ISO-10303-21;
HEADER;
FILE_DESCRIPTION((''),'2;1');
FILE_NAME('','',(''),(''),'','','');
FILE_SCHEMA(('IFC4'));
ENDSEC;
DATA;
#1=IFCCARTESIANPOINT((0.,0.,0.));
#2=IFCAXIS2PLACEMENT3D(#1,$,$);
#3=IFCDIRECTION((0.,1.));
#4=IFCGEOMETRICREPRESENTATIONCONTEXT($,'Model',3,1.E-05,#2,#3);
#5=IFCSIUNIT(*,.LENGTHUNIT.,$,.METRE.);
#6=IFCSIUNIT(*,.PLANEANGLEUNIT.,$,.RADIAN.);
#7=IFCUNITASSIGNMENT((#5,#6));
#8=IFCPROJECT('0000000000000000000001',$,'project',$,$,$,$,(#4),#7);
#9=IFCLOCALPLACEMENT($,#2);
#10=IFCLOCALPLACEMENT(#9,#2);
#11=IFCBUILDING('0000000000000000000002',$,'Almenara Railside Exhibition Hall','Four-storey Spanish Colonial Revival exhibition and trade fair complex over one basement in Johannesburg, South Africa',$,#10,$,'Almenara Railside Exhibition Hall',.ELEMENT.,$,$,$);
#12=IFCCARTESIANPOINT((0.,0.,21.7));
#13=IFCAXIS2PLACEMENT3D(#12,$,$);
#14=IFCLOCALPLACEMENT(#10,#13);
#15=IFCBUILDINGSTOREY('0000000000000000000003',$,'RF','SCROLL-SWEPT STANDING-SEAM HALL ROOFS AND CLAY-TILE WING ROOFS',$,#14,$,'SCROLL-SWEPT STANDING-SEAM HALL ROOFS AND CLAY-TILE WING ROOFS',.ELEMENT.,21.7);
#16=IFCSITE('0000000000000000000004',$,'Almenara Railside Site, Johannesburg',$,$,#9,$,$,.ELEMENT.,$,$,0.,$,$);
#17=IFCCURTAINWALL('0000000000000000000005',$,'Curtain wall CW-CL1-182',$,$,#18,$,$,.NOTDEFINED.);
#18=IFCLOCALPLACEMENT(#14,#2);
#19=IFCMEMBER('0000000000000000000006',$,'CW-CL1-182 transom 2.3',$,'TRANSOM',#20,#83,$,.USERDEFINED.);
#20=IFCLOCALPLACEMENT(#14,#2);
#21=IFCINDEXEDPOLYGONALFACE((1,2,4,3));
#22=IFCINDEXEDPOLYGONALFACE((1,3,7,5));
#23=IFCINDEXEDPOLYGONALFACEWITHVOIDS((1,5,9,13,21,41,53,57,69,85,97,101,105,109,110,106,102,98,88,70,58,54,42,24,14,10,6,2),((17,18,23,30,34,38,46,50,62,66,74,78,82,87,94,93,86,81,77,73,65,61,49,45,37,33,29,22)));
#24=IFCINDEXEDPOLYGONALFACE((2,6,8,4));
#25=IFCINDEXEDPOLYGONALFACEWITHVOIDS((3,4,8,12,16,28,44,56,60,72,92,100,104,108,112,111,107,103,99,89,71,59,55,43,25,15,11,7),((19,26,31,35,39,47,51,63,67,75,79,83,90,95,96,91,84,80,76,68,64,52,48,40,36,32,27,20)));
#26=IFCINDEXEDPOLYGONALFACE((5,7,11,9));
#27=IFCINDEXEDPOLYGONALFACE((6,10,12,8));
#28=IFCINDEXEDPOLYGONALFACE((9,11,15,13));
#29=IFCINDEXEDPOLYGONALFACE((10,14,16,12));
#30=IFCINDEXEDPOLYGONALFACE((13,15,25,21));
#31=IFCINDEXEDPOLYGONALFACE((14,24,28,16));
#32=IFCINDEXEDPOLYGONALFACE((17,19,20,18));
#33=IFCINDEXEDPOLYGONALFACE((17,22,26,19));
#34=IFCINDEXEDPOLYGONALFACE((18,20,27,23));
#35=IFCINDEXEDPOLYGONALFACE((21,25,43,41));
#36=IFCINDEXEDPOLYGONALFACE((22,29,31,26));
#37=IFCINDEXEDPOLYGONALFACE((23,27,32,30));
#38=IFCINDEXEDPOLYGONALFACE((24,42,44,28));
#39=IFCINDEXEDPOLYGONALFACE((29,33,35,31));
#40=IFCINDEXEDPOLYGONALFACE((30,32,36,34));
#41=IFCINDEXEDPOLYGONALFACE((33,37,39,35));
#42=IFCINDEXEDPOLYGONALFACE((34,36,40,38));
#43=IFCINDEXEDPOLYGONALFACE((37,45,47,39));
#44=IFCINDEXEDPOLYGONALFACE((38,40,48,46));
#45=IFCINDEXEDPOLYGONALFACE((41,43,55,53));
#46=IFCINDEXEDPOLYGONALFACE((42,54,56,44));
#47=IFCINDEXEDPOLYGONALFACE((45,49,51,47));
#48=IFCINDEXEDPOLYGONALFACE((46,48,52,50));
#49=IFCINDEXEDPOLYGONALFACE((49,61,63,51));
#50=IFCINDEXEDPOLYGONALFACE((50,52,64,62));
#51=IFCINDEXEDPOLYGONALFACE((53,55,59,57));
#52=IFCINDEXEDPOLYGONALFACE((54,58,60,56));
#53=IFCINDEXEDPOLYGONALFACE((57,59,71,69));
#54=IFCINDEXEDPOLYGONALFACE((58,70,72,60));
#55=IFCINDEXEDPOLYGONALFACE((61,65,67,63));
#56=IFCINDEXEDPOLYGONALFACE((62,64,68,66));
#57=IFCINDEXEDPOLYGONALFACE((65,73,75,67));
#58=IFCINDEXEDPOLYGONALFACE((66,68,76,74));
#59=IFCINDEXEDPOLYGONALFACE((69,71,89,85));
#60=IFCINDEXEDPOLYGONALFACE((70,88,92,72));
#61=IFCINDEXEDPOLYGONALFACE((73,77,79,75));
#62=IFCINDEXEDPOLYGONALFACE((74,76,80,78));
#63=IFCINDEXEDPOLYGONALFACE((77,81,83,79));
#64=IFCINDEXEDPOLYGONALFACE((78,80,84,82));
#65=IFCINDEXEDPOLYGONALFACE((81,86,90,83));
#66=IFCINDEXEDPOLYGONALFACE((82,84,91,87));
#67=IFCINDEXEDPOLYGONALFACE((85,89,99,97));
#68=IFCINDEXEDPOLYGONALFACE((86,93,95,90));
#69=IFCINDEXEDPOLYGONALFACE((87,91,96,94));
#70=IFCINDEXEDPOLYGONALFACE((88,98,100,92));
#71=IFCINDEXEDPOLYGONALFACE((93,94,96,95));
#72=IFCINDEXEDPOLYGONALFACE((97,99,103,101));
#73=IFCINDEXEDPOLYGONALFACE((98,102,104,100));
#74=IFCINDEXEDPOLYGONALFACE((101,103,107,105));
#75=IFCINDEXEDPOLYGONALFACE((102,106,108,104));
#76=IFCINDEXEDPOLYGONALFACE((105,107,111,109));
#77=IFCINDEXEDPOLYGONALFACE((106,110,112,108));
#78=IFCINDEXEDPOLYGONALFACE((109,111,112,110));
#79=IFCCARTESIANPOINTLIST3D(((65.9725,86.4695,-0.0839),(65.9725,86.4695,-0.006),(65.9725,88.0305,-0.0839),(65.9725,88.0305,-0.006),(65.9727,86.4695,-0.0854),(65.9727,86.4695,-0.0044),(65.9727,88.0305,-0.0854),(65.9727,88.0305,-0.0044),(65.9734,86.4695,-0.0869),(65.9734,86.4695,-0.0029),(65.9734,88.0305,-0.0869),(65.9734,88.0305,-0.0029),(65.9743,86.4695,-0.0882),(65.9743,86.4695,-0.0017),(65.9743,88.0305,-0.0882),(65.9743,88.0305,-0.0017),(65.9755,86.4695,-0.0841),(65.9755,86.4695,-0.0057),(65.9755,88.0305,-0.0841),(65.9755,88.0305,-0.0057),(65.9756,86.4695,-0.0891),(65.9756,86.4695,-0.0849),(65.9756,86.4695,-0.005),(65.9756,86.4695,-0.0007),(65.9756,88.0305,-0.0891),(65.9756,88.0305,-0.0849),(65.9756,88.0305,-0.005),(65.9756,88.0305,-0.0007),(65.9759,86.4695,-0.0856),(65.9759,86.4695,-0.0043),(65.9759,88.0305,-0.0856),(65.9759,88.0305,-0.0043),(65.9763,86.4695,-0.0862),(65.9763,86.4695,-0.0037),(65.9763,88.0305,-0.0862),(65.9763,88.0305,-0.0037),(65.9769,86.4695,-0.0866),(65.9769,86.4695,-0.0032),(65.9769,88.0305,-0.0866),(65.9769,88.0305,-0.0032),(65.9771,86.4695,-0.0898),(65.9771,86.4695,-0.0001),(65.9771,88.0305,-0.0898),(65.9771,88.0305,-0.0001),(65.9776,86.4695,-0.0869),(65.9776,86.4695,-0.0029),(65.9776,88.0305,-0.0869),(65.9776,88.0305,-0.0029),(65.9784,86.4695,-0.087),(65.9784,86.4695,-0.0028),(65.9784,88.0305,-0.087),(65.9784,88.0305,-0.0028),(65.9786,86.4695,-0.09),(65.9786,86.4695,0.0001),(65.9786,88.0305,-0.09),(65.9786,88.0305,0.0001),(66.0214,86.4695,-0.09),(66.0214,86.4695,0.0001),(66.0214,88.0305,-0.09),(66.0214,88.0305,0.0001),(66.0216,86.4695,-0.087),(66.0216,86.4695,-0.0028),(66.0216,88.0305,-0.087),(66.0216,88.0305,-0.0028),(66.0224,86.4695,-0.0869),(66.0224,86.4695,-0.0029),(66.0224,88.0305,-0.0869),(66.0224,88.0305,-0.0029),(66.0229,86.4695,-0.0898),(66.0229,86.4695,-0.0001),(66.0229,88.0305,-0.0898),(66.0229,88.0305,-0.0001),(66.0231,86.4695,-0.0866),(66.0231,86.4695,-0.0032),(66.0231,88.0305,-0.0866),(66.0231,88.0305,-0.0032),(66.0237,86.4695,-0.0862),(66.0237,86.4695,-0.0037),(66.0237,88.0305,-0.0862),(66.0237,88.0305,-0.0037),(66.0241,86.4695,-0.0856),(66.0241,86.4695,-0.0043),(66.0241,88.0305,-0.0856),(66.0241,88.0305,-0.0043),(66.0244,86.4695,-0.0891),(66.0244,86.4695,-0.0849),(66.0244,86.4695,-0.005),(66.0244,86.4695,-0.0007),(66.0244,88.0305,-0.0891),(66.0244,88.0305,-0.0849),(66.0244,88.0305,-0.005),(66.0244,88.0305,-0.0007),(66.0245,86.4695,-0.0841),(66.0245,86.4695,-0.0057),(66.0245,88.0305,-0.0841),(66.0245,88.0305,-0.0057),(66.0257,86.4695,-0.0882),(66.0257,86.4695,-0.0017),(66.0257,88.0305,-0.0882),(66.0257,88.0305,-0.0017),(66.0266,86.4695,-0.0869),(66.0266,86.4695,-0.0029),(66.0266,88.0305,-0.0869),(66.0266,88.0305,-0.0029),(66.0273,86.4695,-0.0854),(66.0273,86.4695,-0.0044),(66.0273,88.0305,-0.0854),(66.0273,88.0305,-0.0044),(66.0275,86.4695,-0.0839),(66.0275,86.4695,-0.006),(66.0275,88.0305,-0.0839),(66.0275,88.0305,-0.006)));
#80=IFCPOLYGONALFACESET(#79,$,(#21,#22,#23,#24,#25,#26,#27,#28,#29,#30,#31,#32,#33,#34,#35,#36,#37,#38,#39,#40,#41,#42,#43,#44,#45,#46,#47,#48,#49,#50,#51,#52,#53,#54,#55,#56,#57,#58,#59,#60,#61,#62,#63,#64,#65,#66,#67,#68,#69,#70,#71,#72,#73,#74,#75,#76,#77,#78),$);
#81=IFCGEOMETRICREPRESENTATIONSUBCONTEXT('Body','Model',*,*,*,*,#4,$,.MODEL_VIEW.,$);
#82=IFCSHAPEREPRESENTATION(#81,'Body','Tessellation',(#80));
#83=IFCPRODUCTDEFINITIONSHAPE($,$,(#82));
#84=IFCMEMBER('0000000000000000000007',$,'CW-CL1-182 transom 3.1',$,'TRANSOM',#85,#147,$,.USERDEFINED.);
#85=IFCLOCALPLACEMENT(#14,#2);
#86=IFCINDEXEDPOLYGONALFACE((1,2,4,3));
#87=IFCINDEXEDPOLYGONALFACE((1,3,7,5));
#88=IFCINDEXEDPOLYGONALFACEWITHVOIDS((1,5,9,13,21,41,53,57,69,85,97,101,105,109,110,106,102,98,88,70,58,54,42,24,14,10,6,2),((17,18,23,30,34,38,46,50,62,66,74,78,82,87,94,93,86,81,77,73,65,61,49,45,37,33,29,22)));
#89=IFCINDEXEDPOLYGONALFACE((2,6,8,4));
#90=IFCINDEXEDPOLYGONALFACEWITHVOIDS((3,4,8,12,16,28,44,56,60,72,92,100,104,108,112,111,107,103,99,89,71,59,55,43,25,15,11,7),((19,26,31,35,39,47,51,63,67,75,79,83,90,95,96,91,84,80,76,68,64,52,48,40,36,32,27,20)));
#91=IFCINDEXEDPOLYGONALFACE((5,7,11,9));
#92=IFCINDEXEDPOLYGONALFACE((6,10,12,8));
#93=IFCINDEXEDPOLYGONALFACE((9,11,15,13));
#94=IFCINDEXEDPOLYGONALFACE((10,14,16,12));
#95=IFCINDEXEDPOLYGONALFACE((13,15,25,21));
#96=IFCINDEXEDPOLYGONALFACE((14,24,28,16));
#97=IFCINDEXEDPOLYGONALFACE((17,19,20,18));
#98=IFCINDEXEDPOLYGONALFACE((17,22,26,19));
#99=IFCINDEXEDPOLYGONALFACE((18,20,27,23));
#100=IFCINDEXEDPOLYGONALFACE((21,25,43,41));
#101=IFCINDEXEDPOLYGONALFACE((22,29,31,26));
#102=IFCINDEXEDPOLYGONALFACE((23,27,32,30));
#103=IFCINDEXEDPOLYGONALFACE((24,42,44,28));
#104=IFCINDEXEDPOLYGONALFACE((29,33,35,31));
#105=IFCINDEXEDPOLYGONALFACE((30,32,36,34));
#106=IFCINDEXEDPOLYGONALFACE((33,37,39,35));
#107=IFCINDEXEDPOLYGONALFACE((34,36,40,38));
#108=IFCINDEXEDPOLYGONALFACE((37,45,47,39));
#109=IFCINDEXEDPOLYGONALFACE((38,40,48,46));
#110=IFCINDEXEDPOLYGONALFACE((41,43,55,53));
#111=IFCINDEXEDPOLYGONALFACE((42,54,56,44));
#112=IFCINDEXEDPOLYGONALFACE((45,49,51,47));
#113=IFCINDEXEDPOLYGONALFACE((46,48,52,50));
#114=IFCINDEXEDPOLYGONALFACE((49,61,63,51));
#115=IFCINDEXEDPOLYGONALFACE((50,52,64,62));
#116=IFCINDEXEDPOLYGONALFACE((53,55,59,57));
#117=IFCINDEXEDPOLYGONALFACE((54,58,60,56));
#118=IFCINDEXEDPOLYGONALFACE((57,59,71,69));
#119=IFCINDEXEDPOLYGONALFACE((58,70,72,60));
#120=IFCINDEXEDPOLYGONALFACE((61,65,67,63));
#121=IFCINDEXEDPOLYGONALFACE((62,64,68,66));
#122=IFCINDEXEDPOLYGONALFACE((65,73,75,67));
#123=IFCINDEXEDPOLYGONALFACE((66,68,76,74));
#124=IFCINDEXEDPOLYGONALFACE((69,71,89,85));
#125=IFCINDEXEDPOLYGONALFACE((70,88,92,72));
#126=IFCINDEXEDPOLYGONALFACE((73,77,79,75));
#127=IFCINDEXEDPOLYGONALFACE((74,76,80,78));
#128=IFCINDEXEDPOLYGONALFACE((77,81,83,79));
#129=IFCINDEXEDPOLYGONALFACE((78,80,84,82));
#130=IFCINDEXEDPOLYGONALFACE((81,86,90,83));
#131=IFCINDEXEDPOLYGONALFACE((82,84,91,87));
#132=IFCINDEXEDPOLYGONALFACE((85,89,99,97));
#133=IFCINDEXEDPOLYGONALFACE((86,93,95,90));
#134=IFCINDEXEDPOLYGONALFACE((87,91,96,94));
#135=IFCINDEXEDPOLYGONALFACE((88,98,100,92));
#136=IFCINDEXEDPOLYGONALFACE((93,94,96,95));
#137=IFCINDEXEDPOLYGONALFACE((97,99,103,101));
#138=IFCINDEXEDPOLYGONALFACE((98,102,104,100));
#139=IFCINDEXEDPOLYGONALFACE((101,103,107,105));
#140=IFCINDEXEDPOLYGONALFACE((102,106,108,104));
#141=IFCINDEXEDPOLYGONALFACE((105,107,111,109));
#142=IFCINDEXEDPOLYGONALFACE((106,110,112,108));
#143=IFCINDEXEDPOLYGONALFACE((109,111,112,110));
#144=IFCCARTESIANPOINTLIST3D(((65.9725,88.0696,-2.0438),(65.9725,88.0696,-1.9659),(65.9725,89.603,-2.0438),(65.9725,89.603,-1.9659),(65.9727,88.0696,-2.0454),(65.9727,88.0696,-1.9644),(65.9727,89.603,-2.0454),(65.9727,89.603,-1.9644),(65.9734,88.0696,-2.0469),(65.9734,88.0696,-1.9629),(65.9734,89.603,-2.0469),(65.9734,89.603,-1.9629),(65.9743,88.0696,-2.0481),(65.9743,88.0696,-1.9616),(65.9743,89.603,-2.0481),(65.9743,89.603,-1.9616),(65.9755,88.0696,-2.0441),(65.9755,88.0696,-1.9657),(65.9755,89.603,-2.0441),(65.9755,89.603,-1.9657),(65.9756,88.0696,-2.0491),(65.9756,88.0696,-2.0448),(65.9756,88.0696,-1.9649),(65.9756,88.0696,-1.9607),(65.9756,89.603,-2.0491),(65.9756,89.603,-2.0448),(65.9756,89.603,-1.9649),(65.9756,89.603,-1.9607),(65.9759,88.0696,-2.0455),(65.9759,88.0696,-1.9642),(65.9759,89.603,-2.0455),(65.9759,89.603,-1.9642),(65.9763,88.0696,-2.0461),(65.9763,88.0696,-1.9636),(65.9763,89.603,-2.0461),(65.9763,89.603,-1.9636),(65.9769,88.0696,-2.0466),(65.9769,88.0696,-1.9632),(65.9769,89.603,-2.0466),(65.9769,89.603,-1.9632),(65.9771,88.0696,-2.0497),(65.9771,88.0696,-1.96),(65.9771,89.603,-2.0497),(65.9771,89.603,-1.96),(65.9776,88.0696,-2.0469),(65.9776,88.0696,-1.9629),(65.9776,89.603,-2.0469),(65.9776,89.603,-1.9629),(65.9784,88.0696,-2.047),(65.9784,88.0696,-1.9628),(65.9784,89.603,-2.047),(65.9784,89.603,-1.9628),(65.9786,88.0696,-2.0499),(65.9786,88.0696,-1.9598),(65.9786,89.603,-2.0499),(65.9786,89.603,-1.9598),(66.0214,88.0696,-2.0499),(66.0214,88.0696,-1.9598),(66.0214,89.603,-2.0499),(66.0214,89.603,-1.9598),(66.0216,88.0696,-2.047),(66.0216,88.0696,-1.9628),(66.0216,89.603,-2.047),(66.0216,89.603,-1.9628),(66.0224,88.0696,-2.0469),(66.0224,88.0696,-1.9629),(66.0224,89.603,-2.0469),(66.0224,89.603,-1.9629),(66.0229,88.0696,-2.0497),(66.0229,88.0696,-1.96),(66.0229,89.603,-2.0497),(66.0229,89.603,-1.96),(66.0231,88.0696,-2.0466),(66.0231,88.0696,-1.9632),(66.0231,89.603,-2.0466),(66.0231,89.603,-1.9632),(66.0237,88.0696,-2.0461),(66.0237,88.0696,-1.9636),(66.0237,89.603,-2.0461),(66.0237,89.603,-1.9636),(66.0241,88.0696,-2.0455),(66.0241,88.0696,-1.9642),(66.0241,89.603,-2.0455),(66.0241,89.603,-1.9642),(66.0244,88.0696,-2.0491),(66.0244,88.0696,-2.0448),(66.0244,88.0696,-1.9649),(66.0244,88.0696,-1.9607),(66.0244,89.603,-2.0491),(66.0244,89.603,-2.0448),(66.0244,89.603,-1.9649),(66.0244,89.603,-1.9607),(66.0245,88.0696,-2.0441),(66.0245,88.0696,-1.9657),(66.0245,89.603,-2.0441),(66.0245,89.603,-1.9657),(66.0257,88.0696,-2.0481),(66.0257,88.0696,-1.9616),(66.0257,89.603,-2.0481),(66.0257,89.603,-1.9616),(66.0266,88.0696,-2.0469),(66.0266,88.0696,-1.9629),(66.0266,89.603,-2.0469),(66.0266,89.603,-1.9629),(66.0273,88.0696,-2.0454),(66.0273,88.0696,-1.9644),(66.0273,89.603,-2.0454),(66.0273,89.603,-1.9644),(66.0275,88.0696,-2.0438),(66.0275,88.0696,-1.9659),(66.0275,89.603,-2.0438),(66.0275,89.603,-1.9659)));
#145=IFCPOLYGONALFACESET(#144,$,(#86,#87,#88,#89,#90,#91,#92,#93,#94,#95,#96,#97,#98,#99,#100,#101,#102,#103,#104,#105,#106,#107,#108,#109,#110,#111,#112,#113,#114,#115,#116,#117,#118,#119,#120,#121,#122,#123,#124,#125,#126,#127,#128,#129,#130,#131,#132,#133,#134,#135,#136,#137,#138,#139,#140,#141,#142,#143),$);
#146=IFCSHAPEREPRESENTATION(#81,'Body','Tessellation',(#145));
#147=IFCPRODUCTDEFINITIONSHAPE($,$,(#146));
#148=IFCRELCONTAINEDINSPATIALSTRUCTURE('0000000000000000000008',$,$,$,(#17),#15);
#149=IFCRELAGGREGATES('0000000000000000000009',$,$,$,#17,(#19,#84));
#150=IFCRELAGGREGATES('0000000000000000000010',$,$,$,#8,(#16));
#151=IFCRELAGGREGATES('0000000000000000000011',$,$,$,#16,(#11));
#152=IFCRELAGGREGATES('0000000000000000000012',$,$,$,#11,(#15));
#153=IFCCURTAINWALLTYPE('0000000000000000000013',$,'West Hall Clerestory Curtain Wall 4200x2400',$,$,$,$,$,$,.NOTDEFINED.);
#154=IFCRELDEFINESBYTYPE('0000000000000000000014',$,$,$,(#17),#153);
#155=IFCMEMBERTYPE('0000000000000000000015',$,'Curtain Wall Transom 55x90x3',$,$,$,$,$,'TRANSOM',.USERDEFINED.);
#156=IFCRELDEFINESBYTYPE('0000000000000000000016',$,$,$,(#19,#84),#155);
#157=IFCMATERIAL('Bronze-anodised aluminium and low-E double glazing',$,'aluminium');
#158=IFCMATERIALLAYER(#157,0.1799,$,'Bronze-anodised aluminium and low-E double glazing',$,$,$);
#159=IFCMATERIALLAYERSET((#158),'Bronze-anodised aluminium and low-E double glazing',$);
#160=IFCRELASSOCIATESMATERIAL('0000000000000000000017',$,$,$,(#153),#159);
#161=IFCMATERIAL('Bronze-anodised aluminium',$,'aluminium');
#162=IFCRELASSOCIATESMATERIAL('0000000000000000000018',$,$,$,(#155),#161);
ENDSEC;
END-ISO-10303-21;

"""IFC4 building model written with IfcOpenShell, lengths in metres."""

from ifc_helpers import new_model, si_unit, direction, frame, origin, origin_2d, place, context, subcontext, project, spatial, hollow_rectangle, extrude, material, layer, layer_set, material_profile, profile_set, type_object, element, aggregate, save


model = new_model("IFC4")

# Units and contexts
model_context = context("Model", 3, precision=1e-05, world=origin(), true_north=direction((0.0, 1.0)))
body_context = subcontext(model_context, "Body", "Model", "MODEL_VIEW")
ifc_project = project(units=[si_unit("LENGTHUNIT", "METRE"), si_unit("PLANEANGLEUNIT", "RADIAN")], contexts=[model_context])

# Site, building, storey
site_placement = place(None, origin())
site = spatial("IfcSite", under=ifc_project, at=site_placement, Name="Almenara Railside Site, Johannesburg", CompositionType="ELEMENT", RefElevation=0.0)
building_placement = place(site_placement, origin())
building = spatial("IfcBuilding", under=site, at=building_placement, Name="Almenara Railside Exhibition Hall", Description="Four-storey Spanish Colonial Revival exhibition and trade fair complex over one basement in Johannesburg, South Africa", LongName="Almenara Railside Exhibition Hall", CompositionType="ELEMENT")
storey_placement = place(building_placement, frame((0.0, 0.0, 21.7)))
storey = spatial("IfcBuildingStorey", under=building, at=storey_placement, Name="RF", Description="SCROLL-SWEPT STANDING-SEAM HALL ROOFS AND CLAY-TILE WING ROOFS", LongName="SCROLL-SWEPT STANDING-SEAM HALL ROOFS AND CLAY-TILE WING ROOFS", CompositionType="ELEMENT", Elevation=21.7)

# Curtain wall
ifc_material_1 = material(Name="Bronze-anodised aluminium and low-E double glazing", Category="aluminium")
ifc_layer_1 = layer(ifc_material_1, 0.1799, Name="Bronze-anodised aluminium and low-E double glazing")
ifc_layer_set_1 = layer_set([ifc_layer_1], Name="Bronze-anodised aluminium and low-E double glazing")
curtain_wall_type = type_object("IfcCurtainWallType", Name="West Hall Clerestory Curtain Wall 4200x2400", PredefinedType="NOTDEFINED", material=ifc_layer_set_1)
curtain_wall_1_placement = place(storey_placement, origin())
curtain_wall_1 = element("IfcCurtainWall", 1, at=curtain_wall_1_placement, inside=storey, type_object=curtain_wall_type, Name="Curtain wall CW-CL1-182", PredefinedType="NOTDEFINED")
ifc_material_2 = material(Name="Bronze-anodised aluminium", Category="aluminium")

# Members
ifc_material_profile_1 = material_profile(ifc_material_2, hollow_rectangle(XDim=0.0549, YDim=0.0901, WallThickness=0.0029, InnerFilletRadius=0.0029, OuterFilletRadius=0.0061, at=origin_2d()), Name="ALU-TRN 55x90x3")
ifc_profile_set_1 = profile_set([ifc_material_profile_1], Name="Bronze-anodised aluminium")
member_type_1 = type_object("IfcMemberType", Name="Curtain Wall Transom 55x90x3", ElementType="TRANSOM", PredefinedType="USERDEFINED", material=ifc_profile_set_1)
member_1_placement = place(storey_placement, frame((66.0, 86.4695, -0.0449), z_axis=(0.0, 1.0, 0.0), x_axis=(-1.0, 0.0, 0.0)))
member_1 = element("IfcMember", 2, at=member_1_placement, type_object=member_type_1, Name="CW-CL1-182 transom 2.3", ObjectType="TRANSOM", PredefinedType="USERDEFINED", context=body_context, shape_type="SweptSolid", body=[
    extrude(hollow_rectangle(XDim=0.0549, YDim=0.0901, WallThickness=0.0029, InnerFilletRadius=0.0029, OuterFilletRadius=0.0061, at=origin_2d()), origin(), (0.0, 0.0, 1.0), 1.561),
])
member_2_placement = place(storey_placement, frame((66.0, 88.0696, -2.0049), z_axis=(0.0, 1.0, 0.0), x_axis=(-1.0, 0.0, 0.0)))
member_2 = element("IfcMember", 3, at=member_2_placement, type_object=member_type_1, Name="CW-CL1-182 transom 3.1", ObjectType="TRANSOM", PredefinedType="USERDEFINED", context=body_context, shape_type="SweptSolid", body=[
    extrude(hollow_rectangle(XDim=0.0549, YDim=0.0901, WallThickness=0.0029, InnerFilletRadius=0.0029, OuterFilletRadius=0.0061, at=origin_2d()), origin(), (0.0, 0.0, 1.0), 1.5334),
])

aggregate(curtain_wall_1, [member_1, member_2])

save(model, "model.ifc")
